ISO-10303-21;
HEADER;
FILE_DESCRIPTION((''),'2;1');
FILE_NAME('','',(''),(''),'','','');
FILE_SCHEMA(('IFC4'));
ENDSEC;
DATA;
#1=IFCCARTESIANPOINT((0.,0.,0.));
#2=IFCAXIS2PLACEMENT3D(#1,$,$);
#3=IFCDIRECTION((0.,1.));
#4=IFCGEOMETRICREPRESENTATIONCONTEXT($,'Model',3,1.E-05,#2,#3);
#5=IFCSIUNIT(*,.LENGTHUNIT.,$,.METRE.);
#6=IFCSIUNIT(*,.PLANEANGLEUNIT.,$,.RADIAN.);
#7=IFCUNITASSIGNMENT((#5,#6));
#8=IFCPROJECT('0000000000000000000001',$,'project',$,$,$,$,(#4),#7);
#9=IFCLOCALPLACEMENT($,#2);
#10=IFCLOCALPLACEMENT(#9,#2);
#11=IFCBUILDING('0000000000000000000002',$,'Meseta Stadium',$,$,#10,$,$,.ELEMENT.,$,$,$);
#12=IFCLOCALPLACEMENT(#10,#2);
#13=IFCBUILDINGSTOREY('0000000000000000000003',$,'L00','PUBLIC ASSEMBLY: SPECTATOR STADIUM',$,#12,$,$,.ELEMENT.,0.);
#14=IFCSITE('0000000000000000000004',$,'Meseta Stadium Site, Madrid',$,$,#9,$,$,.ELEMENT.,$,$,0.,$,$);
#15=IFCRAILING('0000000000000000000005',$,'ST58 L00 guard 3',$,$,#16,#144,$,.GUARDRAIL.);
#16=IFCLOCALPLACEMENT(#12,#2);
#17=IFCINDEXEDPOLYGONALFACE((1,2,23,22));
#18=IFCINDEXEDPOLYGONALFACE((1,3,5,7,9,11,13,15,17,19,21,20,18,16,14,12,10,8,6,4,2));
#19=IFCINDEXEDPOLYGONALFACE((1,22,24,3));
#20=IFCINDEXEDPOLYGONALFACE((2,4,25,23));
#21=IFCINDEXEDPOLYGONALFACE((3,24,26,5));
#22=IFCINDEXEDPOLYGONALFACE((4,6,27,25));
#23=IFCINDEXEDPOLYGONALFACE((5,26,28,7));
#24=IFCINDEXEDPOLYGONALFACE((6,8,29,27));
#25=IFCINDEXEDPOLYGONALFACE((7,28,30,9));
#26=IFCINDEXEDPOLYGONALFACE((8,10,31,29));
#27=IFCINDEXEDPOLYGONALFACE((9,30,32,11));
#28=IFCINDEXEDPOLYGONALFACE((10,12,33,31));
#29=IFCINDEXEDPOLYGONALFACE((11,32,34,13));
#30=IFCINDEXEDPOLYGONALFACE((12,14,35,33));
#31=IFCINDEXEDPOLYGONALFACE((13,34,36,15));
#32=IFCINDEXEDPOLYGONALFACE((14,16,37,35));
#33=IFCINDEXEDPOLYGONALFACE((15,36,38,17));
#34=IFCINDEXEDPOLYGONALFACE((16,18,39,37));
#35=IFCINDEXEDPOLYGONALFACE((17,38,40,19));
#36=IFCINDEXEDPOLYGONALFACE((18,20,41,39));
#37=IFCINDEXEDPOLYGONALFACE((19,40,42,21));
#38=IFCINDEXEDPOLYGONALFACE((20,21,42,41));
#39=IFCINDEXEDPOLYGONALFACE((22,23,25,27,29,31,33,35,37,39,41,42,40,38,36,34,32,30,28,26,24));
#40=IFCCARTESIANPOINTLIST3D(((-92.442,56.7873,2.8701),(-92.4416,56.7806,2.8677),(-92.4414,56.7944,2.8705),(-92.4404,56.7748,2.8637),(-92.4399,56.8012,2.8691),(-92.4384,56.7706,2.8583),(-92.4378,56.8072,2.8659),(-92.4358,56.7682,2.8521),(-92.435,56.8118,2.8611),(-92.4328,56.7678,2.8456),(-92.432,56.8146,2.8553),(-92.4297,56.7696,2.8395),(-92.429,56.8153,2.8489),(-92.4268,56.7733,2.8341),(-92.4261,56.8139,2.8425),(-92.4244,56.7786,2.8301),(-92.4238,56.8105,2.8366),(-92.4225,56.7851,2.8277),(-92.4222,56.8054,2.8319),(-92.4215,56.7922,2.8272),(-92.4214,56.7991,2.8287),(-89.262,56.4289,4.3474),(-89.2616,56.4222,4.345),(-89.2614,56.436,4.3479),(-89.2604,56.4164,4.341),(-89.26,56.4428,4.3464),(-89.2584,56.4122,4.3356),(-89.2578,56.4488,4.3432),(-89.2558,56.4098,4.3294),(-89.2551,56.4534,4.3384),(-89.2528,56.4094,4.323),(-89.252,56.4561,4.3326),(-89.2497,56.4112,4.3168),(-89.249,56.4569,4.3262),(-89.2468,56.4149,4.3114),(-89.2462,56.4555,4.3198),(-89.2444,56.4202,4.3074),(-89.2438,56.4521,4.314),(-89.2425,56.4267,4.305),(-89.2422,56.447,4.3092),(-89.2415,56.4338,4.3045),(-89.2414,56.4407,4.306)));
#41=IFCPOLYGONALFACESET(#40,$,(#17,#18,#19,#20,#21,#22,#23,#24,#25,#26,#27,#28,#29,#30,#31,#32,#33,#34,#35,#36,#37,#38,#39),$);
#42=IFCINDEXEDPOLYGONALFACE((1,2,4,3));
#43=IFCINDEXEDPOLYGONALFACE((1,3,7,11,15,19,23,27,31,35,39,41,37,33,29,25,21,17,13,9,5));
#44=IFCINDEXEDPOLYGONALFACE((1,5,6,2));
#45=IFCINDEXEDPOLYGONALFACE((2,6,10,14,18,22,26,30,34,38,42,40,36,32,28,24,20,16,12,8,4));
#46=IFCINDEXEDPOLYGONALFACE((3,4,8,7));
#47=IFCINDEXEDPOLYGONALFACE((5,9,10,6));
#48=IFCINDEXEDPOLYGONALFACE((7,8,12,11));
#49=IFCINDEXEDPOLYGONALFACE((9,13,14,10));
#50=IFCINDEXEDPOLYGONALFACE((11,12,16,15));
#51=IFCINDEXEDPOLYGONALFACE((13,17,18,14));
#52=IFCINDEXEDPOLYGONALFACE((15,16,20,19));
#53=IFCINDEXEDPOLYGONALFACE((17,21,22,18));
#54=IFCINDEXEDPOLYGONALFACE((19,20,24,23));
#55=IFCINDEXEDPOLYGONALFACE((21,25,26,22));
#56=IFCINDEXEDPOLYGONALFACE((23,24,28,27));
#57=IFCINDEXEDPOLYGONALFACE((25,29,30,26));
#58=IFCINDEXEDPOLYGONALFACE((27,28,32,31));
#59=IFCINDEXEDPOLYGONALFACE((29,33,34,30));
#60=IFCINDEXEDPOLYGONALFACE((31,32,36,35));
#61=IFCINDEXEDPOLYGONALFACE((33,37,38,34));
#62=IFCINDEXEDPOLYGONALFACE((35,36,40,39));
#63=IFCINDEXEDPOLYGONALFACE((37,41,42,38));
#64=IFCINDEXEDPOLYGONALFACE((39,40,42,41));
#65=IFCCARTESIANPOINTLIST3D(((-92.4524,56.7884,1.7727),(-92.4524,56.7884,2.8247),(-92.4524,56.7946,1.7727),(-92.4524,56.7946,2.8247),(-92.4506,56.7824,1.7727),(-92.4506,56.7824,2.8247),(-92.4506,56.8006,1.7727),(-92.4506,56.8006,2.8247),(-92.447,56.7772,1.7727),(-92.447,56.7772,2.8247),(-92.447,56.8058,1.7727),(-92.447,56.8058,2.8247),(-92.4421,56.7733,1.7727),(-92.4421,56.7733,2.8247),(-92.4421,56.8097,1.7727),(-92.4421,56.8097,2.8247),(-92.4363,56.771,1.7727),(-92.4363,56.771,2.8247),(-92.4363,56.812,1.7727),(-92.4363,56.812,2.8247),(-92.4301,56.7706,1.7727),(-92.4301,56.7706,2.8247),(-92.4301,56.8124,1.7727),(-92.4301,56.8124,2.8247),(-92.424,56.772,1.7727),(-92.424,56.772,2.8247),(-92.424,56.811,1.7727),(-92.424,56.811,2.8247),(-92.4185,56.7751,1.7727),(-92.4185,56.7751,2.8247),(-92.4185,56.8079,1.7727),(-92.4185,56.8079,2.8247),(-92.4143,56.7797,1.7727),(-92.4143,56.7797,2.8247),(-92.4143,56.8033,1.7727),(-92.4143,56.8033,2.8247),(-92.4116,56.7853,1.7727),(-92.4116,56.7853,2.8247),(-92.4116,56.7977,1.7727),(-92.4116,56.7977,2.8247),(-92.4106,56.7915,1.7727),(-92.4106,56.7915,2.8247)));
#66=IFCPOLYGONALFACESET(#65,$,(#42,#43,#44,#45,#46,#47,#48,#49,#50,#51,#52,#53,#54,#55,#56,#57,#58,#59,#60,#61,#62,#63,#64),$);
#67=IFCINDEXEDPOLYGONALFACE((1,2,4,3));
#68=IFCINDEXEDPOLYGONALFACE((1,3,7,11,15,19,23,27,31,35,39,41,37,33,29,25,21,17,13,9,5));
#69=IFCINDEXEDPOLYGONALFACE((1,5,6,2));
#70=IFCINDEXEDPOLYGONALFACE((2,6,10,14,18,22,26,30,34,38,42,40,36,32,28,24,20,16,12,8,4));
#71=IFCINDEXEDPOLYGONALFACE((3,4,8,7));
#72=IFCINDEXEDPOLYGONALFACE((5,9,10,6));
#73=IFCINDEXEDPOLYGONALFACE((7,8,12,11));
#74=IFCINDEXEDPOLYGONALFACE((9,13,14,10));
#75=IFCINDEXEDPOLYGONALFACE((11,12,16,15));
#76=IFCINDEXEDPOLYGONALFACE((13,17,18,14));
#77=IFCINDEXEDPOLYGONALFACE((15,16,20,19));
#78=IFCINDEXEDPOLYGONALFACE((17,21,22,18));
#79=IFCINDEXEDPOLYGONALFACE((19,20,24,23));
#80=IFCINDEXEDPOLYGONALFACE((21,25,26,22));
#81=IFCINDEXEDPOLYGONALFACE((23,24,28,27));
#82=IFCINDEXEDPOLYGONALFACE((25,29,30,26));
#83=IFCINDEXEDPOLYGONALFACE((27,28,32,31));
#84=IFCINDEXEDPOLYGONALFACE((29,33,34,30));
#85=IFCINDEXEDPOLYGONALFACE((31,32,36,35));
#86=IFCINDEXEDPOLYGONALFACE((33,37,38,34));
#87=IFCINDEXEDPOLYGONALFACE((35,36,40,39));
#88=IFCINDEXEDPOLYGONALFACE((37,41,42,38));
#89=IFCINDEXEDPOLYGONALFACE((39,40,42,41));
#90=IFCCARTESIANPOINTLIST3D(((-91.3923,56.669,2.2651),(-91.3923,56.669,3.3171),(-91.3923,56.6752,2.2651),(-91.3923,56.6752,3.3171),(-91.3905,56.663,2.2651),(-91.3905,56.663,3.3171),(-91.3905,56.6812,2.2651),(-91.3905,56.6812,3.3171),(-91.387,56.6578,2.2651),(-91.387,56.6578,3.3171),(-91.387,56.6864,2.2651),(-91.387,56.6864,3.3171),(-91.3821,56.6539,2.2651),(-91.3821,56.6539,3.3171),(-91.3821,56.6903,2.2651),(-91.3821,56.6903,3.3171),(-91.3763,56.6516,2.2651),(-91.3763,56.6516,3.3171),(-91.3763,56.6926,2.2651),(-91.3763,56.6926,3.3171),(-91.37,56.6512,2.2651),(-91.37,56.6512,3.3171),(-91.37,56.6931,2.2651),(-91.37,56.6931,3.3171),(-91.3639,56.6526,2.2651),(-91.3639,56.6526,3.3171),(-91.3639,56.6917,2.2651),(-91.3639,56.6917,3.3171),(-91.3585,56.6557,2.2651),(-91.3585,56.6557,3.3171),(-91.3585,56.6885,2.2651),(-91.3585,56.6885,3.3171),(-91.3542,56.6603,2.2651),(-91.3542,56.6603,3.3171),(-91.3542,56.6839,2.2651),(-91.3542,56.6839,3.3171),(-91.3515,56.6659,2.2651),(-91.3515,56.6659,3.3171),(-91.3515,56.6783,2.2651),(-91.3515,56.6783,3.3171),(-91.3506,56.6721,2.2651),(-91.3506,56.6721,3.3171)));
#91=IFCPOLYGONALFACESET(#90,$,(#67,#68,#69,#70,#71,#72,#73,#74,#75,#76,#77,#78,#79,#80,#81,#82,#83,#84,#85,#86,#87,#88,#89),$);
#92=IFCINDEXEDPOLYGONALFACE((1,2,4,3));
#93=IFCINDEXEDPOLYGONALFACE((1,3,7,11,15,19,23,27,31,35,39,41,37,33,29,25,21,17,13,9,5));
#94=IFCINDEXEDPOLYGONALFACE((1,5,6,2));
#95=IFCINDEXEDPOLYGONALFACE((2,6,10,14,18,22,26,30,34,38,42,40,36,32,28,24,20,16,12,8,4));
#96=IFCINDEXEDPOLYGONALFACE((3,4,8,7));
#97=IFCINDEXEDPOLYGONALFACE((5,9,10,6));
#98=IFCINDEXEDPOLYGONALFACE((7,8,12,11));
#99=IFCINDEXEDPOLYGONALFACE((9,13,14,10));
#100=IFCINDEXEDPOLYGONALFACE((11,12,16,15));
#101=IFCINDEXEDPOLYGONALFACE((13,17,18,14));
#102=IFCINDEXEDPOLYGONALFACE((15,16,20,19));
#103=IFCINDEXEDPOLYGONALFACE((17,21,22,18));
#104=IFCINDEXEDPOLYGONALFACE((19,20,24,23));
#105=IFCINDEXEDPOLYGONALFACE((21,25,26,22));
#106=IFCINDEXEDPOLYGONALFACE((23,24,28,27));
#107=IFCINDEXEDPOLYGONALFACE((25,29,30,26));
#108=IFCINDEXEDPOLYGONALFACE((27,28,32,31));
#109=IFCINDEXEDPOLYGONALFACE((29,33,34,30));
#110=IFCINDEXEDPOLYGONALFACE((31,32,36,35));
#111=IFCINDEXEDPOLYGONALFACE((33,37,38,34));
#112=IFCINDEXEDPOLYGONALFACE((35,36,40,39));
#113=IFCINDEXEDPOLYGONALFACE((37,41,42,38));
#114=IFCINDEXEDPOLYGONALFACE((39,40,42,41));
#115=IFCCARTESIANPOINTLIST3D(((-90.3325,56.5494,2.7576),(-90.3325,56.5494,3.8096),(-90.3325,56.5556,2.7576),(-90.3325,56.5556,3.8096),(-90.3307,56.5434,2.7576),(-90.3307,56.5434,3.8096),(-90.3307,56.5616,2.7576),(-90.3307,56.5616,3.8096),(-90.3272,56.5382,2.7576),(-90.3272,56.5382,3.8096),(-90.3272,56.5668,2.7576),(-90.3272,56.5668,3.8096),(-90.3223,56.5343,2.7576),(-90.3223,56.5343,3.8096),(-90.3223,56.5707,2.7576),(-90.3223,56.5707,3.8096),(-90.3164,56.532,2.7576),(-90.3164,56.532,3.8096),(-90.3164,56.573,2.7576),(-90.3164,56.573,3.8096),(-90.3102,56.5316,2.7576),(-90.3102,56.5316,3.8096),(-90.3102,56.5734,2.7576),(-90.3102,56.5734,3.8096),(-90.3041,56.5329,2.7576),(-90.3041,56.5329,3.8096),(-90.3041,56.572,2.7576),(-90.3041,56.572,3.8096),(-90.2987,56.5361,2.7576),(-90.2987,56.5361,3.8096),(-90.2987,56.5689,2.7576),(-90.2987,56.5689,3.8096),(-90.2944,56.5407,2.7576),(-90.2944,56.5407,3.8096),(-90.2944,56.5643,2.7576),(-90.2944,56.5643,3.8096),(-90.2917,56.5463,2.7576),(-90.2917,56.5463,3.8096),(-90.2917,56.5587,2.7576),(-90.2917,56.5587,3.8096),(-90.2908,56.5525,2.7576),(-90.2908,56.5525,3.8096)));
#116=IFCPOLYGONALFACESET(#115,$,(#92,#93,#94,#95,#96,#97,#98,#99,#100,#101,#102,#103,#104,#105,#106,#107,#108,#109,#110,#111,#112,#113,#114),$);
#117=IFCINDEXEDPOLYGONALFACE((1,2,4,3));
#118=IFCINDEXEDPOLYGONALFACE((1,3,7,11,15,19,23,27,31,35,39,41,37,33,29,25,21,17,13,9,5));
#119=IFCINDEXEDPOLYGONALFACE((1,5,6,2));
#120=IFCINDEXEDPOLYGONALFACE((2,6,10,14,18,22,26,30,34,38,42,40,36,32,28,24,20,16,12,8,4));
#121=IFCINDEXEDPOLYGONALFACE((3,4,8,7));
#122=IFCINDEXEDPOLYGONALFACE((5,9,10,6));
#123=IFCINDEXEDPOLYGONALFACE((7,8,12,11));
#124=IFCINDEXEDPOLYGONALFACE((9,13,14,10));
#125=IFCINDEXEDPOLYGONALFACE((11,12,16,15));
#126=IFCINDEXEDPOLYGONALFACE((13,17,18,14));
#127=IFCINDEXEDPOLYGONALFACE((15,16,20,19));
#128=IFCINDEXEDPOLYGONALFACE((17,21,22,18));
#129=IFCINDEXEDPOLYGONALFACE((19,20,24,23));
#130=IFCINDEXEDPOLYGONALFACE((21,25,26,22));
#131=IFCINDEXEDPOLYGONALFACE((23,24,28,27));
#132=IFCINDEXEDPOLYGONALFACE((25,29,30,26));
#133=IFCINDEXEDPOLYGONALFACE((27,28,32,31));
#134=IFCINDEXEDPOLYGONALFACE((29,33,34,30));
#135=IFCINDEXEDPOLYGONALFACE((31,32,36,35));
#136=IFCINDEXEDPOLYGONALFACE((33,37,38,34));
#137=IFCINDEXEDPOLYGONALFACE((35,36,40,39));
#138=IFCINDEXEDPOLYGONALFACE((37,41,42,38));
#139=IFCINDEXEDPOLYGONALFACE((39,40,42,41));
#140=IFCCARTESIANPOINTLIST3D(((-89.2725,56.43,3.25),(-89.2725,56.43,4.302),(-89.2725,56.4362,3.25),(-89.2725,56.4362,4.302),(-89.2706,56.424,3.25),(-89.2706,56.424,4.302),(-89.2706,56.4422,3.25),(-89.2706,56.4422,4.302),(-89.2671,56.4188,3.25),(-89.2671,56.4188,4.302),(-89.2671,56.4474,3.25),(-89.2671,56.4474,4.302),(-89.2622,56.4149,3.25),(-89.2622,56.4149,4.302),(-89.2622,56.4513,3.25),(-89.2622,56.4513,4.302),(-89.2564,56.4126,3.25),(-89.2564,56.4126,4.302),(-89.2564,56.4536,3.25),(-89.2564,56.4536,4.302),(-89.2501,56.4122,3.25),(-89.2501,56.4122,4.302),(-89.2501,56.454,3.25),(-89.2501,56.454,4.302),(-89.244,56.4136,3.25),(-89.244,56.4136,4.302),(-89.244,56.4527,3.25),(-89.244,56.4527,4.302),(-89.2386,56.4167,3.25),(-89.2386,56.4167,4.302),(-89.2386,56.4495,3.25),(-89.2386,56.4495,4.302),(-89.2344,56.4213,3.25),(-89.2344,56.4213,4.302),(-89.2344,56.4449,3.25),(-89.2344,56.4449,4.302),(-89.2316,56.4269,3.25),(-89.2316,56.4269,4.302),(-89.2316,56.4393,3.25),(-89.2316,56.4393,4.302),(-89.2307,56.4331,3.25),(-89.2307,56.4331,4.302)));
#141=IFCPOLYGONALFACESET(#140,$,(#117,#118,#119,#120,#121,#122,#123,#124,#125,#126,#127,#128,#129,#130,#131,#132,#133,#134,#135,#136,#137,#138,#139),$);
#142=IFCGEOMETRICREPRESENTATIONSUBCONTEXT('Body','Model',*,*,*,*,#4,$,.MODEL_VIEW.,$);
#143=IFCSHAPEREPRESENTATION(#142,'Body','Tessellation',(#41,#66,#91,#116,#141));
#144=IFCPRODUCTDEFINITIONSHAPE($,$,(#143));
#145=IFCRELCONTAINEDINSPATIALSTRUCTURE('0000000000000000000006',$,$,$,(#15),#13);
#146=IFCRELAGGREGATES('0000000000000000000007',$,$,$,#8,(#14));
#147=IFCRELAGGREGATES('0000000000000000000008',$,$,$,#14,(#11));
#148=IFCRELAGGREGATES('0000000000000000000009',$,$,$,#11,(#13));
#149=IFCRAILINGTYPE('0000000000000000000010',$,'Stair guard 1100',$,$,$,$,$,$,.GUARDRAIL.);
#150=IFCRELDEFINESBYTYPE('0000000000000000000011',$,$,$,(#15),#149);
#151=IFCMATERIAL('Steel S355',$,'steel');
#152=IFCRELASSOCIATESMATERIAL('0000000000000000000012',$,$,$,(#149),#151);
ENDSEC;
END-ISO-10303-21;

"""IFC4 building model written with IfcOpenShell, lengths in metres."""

from ifc_helpers import new_model, si_unit, direction, frame, origin, origin_2d, place, context, subcontext, project, spatial, circle, extrude, material, type_object, element, save


model = new_model("IFC4")

# Units and contexts
model_context = context("Model", 3, precision=1e-05, world=origin(), true_north=direction((0.0, 1.0)))
body_context = subcontext(model_context, "Body", "Model", "MODEL_VIEW")
ifc_project = project(units=[si_unit("LENGTHUNIT", "METRE"), si_unit("PLANEANGLEUNIT", "RADIAN")], contexts=[model_context])

# Site, building, storey
site_placement = place(None, origin())
site = spatial("IfcSite", under=ifc_project, at=site_placement, Name="Meseta Stadium Site, Madrid", CompositionType="ELEMENT", RefElevation=0.0)
building_placement = place(site_placement, origin())
building = spatial("IfcBuilding", under=site, at=building_placement, Name="Meseta Stadium", CompositionType="ELEMENT")
storey_placement = place(building_placement, origin())
storey = spatial("IfcBuildingStorey", under=building, at=storey_placement, Name="L00", Description="PUBLIC ASSEMBLY: SPECTATOR STADIUM", CompositionType="ELEMENT", Elevation=0.0)

# Railing
ifc_material_1 = material(Name="Steel S355", Category="steel")
railing_type_1 = type_object("IfcRailingType", Name="Stair guard 1100", PredefinedType="GUARDRAIL", material=ifc_material_1)
railing_1_placement = place(storey_placement, frame((-92.4316, 56.7915, 1.7727)))
element("IfcRailing", 1, at=railing_1_placement, inside=storey, type_object=railing_type_1, Name="ST58 L00 guard 3", PredefinedType="GUARDRAIL", context=body_context, shape_type="SweptSolid", body=[
    extrude(circle(Radius=0.0239, at=origin_2d()), frame((0.0, 0.0, 1.0762), z_axis=(0.90221, -0.101685, 0.419138), x_axis=(0.111997, 0.993709, 0.0)), (0.0, 0.0, 1.0), 3.5247),
    extrude(circle(Radius=0.021, at=origin_2d()), origin(), (0.0, 0.0, 1.0), 1.052),
    extrude(circle(Radius=0.021, at=origin_2d()), frame((1.0601, -0.1194, 0.4924)), (0.0, 0.0, 1.0), 1.052),
    extrude(circle(Radius=0.021, at=origin_2d()), frame((2.1199, -0.239, 0.9849)), (0.0, 0.0, 1.0), 1.052),
    extrude(circle(Radius=0.021, at=origin_2d()), frame((3.1799, -0.3584, 1.4773)), (0.0, 0.0, 1.0), 1.052),
])

save(model, "model.ifc")
